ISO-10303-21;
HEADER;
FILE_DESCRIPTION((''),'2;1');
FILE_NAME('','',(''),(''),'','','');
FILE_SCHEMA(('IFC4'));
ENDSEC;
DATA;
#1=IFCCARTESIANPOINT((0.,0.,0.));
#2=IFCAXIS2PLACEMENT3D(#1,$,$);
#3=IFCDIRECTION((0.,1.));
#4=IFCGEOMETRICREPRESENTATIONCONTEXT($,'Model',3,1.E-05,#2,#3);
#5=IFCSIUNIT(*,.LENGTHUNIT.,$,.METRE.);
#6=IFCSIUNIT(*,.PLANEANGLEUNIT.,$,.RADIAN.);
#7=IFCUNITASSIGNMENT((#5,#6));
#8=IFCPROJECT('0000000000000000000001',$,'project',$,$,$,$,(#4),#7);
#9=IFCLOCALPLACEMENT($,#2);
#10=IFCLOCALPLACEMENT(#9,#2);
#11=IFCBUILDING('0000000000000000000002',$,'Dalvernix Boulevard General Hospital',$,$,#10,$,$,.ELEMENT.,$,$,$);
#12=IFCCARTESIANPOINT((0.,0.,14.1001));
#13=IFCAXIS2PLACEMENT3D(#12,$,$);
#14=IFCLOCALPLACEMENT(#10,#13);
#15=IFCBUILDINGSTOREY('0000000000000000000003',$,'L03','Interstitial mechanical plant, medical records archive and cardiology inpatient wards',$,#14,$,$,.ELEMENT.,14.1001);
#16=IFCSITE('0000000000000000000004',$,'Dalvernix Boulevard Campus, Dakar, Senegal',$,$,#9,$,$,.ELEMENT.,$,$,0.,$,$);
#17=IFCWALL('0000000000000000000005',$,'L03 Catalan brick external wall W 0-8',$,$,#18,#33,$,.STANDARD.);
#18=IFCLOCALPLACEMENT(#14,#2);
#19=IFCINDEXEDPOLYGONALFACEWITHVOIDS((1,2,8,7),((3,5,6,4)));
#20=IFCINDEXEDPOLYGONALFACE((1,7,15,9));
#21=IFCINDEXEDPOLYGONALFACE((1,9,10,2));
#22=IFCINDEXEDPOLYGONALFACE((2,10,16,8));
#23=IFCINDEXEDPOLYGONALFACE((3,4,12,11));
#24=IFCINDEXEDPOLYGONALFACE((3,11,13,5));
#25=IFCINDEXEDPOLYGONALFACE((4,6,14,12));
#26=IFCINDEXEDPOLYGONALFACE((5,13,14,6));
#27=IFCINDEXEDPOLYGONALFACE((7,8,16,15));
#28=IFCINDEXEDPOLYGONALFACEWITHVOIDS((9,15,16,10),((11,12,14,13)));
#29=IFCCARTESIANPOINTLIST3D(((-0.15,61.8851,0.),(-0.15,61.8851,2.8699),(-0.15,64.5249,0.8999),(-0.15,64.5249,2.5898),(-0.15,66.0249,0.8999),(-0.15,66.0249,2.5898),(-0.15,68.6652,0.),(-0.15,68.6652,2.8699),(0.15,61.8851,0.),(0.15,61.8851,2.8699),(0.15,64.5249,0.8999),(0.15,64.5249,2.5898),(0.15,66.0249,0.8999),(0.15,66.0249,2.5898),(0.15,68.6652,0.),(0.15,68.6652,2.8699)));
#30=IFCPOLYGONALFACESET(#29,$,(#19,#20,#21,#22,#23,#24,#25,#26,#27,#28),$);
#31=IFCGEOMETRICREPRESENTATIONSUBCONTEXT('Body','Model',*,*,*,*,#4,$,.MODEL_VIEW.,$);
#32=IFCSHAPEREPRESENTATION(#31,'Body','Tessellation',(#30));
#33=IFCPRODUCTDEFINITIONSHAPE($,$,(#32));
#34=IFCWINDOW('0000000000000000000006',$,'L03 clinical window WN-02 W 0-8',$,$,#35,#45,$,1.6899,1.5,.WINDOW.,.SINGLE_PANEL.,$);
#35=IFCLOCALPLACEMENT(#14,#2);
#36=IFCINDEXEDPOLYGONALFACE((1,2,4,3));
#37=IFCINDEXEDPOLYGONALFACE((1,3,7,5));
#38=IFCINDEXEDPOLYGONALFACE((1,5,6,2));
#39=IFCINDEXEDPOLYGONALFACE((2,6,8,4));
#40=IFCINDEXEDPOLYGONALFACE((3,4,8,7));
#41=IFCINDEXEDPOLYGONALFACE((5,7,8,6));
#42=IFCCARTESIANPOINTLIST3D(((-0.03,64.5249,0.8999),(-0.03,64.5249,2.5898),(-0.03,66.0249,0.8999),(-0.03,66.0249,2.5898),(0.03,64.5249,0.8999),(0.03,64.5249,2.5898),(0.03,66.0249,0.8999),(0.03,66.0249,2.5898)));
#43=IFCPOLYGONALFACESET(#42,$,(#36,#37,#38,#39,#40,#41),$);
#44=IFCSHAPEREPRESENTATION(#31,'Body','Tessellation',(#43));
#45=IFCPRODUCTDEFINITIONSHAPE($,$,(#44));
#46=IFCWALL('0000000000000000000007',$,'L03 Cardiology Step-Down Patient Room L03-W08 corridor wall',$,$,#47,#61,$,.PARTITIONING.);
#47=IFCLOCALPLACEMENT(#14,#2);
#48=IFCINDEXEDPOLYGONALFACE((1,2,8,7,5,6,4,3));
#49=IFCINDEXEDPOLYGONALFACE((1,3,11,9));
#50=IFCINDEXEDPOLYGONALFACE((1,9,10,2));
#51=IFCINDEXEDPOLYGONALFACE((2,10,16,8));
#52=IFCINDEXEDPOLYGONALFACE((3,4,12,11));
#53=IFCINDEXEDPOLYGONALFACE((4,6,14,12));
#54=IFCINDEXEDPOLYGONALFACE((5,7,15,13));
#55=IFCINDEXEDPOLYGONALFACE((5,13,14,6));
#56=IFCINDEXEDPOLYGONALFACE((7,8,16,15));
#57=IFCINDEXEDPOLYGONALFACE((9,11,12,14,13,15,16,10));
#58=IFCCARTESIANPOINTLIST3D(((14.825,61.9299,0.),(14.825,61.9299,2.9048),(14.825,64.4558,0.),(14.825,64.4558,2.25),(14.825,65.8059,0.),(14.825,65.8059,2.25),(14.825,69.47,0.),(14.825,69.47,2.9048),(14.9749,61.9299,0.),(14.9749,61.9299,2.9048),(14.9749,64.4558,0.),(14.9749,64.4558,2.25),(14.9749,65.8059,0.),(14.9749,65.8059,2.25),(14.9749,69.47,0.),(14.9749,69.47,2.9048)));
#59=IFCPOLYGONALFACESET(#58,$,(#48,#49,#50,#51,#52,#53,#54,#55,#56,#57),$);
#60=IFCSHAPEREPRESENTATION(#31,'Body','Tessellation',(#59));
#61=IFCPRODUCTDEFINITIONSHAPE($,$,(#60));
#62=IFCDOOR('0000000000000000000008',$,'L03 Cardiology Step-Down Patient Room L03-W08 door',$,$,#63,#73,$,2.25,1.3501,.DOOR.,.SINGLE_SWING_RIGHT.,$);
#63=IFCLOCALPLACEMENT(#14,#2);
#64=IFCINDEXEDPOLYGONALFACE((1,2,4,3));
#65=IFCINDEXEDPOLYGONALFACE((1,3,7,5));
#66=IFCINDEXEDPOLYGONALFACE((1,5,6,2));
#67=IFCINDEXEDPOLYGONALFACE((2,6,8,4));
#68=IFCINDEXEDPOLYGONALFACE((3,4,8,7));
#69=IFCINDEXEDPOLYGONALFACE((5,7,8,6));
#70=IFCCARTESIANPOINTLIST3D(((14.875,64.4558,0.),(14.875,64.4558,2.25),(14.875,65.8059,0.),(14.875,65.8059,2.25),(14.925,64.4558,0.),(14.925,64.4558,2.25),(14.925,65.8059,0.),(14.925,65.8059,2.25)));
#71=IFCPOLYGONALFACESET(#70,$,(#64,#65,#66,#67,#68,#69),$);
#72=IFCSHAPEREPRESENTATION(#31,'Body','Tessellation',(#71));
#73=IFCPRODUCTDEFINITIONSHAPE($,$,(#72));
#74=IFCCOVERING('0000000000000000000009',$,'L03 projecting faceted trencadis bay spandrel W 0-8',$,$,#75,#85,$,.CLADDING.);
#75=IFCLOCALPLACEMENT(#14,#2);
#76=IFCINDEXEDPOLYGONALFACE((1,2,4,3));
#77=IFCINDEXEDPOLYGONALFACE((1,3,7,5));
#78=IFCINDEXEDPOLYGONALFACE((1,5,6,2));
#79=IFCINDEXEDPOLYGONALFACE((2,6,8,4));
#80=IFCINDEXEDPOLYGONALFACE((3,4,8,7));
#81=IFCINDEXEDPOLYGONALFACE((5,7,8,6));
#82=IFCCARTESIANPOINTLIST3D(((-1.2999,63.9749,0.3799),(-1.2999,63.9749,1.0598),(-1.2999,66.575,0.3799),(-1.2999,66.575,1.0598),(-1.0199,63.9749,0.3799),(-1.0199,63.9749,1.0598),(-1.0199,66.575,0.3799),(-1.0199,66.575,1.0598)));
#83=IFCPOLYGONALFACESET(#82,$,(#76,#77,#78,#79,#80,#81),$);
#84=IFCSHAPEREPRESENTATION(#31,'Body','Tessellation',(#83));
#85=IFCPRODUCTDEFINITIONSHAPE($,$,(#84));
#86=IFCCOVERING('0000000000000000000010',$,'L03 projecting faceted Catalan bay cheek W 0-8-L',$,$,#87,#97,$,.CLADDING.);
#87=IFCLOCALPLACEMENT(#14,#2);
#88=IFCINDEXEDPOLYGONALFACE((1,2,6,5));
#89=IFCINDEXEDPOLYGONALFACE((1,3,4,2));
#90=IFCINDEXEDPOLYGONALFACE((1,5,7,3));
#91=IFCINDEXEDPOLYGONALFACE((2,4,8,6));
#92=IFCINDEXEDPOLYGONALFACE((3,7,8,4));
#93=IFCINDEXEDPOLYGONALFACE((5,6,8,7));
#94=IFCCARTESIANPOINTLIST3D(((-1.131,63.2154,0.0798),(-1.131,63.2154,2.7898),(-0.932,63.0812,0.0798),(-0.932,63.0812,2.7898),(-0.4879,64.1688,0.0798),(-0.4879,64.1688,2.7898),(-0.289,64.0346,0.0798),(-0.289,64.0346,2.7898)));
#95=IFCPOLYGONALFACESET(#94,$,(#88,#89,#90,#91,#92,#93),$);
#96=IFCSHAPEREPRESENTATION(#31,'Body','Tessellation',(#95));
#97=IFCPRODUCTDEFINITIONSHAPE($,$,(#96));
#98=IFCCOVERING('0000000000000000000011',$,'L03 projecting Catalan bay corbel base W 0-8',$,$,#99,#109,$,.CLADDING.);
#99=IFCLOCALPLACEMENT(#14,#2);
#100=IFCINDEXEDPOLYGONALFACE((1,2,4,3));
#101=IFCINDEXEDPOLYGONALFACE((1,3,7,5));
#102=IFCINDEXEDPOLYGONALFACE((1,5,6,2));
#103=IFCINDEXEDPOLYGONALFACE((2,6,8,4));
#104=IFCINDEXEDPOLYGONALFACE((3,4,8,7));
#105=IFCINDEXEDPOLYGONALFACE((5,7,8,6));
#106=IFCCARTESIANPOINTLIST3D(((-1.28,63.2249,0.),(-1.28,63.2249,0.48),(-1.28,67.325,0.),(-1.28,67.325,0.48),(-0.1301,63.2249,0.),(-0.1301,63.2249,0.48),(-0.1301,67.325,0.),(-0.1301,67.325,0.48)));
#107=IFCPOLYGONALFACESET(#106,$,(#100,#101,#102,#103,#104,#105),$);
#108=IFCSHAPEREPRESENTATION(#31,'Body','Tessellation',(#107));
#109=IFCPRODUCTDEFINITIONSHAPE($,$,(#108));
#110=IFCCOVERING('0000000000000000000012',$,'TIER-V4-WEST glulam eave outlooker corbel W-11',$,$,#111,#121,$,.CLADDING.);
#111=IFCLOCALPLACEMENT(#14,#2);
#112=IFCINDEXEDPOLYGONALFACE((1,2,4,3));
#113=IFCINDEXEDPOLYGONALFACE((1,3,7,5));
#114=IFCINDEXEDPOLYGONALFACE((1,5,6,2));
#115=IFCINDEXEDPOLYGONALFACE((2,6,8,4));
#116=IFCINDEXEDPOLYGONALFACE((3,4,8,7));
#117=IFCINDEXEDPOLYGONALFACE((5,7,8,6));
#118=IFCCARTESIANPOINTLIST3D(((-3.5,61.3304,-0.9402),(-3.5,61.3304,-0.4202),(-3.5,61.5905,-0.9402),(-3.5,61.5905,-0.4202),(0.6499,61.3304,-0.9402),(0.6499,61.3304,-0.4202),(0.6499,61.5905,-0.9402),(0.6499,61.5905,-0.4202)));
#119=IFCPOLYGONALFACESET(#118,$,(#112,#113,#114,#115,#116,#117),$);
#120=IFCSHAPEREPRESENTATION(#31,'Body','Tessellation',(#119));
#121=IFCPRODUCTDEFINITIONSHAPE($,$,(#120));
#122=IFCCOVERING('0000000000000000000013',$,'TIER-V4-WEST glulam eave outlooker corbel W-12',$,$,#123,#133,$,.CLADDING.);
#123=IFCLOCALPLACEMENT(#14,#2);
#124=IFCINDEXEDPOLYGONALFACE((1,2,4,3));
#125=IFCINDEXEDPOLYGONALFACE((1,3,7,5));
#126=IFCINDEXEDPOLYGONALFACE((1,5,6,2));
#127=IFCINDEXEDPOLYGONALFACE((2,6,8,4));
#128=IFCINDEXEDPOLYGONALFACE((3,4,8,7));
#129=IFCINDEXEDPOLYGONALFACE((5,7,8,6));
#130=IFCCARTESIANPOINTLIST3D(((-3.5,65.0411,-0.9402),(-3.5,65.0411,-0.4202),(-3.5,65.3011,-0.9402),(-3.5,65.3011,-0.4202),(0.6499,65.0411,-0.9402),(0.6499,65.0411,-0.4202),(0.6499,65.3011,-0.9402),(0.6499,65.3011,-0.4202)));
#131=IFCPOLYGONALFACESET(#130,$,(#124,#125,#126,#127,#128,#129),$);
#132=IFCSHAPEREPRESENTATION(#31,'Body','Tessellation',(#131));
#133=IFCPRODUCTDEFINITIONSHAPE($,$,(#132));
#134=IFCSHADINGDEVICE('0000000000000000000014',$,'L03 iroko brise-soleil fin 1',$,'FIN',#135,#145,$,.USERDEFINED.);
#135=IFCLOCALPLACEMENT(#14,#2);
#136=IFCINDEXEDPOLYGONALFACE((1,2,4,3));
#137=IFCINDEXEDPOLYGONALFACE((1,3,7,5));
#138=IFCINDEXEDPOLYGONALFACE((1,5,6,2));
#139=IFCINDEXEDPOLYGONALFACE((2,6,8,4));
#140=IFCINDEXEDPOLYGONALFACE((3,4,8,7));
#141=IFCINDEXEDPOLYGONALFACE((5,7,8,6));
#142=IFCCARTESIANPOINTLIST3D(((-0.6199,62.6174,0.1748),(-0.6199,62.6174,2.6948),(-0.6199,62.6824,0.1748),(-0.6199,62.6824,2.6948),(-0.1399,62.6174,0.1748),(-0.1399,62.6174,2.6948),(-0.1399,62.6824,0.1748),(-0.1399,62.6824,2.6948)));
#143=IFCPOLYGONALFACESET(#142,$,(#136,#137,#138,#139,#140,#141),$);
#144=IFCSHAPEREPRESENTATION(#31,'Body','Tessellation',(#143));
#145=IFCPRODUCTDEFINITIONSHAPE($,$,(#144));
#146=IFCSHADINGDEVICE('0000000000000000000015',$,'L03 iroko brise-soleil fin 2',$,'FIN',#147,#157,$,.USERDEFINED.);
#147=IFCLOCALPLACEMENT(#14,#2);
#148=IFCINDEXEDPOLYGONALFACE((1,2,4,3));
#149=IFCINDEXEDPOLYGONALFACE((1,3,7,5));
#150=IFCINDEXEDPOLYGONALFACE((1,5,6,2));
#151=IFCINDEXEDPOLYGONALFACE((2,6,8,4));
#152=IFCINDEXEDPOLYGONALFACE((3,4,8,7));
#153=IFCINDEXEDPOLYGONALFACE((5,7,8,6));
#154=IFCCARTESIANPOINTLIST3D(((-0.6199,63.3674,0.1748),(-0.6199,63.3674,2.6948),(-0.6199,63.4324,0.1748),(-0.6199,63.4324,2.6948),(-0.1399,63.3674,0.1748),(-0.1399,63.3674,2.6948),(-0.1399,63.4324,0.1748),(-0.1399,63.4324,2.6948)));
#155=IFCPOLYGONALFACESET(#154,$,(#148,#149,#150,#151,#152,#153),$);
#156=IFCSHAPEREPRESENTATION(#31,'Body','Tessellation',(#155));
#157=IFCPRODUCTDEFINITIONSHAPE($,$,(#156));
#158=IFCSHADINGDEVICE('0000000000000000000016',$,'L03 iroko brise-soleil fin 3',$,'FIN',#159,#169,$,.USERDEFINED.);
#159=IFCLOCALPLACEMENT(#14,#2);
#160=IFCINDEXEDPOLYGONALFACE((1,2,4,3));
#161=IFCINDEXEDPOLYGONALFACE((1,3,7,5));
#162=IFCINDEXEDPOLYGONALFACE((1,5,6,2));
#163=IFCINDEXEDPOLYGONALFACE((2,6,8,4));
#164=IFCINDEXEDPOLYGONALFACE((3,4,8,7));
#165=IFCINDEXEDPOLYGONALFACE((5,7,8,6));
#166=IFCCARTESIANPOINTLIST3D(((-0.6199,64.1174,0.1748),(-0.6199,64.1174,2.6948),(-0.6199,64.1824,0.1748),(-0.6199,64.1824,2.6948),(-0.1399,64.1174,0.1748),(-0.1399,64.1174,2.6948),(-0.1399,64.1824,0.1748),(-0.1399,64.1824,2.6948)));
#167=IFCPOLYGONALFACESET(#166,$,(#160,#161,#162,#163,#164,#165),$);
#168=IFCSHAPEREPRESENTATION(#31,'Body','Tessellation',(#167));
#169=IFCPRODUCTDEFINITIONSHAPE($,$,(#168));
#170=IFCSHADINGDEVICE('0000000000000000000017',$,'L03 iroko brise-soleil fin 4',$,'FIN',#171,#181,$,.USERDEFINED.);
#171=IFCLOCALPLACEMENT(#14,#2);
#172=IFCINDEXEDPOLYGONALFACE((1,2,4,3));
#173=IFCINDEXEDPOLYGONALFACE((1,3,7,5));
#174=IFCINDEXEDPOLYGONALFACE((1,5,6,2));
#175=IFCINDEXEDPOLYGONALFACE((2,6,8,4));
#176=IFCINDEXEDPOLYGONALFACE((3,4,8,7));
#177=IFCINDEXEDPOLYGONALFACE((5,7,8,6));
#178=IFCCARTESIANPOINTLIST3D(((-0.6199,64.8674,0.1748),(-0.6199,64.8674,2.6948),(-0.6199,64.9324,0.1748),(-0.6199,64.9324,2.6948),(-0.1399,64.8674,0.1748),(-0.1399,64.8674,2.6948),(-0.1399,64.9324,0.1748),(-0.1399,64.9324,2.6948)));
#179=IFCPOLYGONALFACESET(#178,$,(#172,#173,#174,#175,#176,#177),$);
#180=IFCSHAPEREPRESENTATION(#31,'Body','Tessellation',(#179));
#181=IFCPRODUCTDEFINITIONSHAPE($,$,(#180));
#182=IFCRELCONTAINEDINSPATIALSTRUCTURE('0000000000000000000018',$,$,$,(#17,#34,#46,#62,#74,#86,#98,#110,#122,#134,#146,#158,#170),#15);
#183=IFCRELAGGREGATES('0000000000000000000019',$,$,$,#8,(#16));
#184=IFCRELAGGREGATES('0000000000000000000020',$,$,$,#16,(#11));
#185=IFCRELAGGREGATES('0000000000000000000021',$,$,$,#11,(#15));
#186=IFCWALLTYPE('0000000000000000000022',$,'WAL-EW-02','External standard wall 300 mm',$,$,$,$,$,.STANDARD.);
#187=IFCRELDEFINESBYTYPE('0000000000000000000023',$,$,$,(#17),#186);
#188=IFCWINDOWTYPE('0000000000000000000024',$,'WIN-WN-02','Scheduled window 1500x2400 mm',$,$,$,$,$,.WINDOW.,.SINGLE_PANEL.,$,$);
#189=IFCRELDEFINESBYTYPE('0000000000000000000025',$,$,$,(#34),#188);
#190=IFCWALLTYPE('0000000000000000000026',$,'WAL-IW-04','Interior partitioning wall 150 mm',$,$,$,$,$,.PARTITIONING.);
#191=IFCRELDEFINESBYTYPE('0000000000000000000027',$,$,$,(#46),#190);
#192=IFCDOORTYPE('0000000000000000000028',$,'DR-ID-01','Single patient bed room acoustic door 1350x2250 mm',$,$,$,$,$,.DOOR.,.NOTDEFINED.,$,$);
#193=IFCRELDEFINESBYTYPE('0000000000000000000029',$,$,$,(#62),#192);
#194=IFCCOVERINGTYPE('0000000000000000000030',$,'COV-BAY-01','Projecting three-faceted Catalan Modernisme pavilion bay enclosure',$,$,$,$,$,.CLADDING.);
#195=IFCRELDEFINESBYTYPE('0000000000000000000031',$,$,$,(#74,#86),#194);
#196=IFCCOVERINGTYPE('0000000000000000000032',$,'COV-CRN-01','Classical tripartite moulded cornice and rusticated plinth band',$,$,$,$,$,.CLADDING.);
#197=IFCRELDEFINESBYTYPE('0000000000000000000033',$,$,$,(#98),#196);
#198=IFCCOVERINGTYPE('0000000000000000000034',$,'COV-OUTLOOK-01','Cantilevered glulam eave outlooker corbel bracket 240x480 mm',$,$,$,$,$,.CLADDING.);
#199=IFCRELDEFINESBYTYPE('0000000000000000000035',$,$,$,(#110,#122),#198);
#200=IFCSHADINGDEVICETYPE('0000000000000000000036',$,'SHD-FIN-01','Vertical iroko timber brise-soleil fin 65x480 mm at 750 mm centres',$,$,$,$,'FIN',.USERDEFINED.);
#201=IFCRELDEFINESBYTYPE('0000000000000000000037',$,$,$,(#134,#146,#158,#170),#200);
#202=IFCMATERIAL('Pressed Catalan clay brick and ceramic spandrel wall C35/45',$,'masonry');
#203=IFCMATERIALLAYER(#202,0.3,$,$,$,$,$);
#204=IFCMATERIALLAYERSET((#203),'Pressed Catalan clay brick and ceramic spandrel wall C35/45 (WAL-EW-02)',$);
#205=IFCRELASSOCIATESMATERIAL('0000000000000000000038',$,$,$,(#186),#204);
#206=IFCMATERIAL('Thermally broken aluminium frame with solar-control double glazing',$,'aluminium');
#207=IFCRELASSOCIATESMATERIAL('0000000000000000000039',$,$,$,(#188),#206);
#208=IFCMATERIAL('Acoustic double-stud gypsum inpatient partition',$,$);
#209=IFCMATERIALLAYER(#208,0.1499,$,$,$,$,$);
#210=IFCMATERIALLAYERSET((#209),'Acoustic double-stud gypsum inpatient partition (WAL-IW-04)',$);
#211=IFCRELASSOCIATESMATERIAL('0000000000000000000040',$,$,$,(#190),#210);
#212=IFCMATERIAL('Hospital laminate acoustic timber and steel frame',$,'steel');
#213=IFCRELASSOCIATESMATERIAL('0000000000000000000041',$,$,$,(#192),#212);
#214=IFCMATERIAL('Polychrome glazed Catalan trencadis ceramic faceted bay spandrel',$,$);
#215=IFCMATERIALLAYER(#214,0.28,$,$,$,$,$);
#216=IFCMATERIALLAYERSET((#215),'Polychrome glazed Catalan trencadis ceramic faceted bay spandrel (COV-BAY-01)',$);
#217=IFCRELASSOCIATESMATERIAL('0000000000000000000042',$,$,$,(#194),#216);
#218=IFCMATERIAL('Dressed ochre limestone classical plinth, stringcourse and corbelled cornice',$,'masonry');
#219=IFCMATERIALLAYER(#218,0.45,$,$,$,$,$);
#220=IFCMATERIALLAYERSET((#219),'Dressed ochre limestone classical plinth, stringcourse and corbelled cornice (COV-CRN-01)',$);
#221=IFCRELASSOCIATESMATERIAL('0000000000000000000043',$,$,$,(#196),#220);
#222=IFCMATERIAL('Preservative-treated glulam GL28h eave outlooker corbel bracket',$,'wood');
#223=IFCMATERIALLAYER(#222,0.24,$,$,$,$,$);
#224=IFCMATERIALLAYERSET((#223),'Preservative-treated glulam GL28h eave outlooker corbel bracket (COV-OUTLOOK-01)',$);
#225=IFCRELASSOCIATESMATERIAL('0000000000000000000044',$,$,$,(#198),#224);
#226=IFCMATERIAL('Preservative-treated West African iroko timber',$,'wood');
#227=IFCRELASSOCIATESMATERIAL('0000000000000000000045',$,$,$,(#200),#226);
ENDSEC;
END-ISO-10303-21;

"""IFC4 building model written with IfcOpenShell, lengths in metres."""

from ifc_helpers import new_model, si_unit, direction, frame, frame_2d, origin, origin_2d, place, context, subcontext, project, spatial, rectangle, extrude, material, layer, layer_set, type_object, element, fill, save


model = new_model("IFC4")

# Units and contexts
model_context = context("Model", 3, precision=1e-05, world=origin(), true_north=direction((0.0, 1.0)))
body_context = subcontext(model_context, "Body", "Model", "MODEL_VIEW")
ifc_project = project(units=[si_unit("LENGTHUNIT", "METRE"), si_unit("PLANEANGLEUNIT", "RADIAN")], contexts=[model_context])

# Site, building, storey
site_placement = place(None, origin())
site = spatial("IfcSite", under=ifc_project, at=site_placement, Name="Dalvernix Boulevard Campus, Dakar, Senegal", CompositionType="ELEMENT", RefElevation=0.0)
building_placement = place(site_placement, origin())
building = spatial("IfcBuilding", under=site, at=building_placement, Name="Dalvernix Boulevard General Hospital", CompositionType="ELEMENT")
storey_placement = place(building_placement, frame((0.0, 0.0, 14.1001)))
storey = spatial("IfcBuildingStorey", under=building, at=storey_placement, Name="L03", Description="Interstitial mechanical plant, medical records archive and cardiology inpatient wards", CompositionType="ELEMENT", Elevation=14.1001)

# Wall, opening, window
ifc_material_1 = material(Name="Pressed Catalan clay brick and ceramic spandrel wall C35/45", Category="masonry")
ifc_layer_1 = layer(ifc_material_1, 0.3)
ifc_layer_set_1 = layer_set([ifc_layer_1], Name="Pressed Catalan clay brick and ceramic spandrel wall C35/45 (WAL-EW-02)")
wall_type_1 = type_object("IfcWallType", Name="WAL-EW-02", Description="External standard wall 300 mm", PredefinedType="STANDARD", material=ifc_layer_set_1)
wall_1_placement = place(storey_placement, frame((0.0, 61.885, 0.0), z_axis=(0.0, 0.0, 1.0), x_axis=(0.0, 1.0, 0.0)))
wall_1 = element("IfcWall", 1, at=wall_1_placement, inside=storey, type_object=wall_type_1, Name="L03 Catalan brick external wall W 0-8", PredefinedType="STANDARD", context=body_context, shape_type="SweptSolid", body=[
    extrude(rectangle(XDim=6.78, YDim=0.3, at=frame_2d((3.3901, 0.0))), origin(), (0.0, 0.0, 1.0), 2.8699),
])
opening_1_placement = place(wall_1_placement, frame((2.6399, 0.0, 0.8999)))
opening_1 = element("IfcOpeningElement", 2, at=opening_1_placement, cuts=wall_1, PredefinedType="OPENING", context=body_context, shape_type="SweptSolid", body=[
    extrude(rectangle(XDim=1.5, YDim=1.6899, at=frame_2d((0.75, 0.845))), frame((0.0, 0.1599, 0.0), z_axis=(0.0, -1.0, 0.0), x_axis=(1.0, 0.0, 0.0)), (0.0, 0.0, 1.0), 0.3201),
])
ifc_material_2 = material(Name="Thermally broken aluminium frame with solar-control double glazing", Category="aluminium")
window_type = type_object("IfcWindowType", Name="WIN-WN-02", Description="Scheduled window 1500x2400 mm", PartitioningType="SINGLE_PANEL", PredefinedType="WINDOW", material=ifc_material_2)
window_placement = place(opening_1_placement, origin())
window = element("IfcWindow", 3, at=window_placement, inside=storey, type_object=window_type, Name="L03 clinical window WN-02 W 0-8", OverallHeight=1.6899, OverallWidth=1.5, PartitioningType="SINGLE_PANEL", PredefinedType="WINDOW", context=body_context, shape_type="SweptSolid", body=[
    extrude(rectangle(XDim=1.5, YDim=1.6899, at=frame_2d((0.75, 0.845))), frame((0.0, 0.03, 0.0), z_axis=(0.0, -1.0, 0.0), x_axis=(1.0, 0.0, 0.0)), (0.0, 0.0, 1.0), 0.0601),
])
fill(opening_1, window)

# Wall, opening, door
ifc_material_3 = material(Name="Acoustic double-stud gypsum inpatient partition")
ifc_layer_2 = layer(ifc_material_3, 0.1499)
ifc_layer_set_2 = layer_set([ifc_layer_2], Name="Acoustic double-stud gypsum inpatient partition (WAL-IW-04)")
wall_type_2 = type_object("IfcWallType", Name="WAL-IW-04", Description="Interior partitioning wall 150 mm", PredefinedType="PARTITIONING", material=ifc_layer_set_2)
wall_2_placement = place(storey_placement, frame((14.8999, 61.9299, 0.0), z_axis=(0.0, 0.0, 1.0), x_axis=(0.0, 1.0, 0.0)))
wall_2 = element("IfcWall", 4, at=wall_2_placement, inside=storey, type_object=wall_type_2, Name="L03 Cardiology Step-Down Patient Room L03-W08 corridor wall", PredefinedType="PARTITIONING", context=body_context, shape_type="SweptSolid", body=[
    extrude(rectangle(XDim=7.54, YDim=0.1499, at=frame_2d((3.77, 0.0))), origin(), (0.0, 0.0, 1.0), 2.9048),
])
opening_2_placement = place(wall_2_placement, frame((2.5259, 0.0, 0.0)))
opening_2 = element("IfcOpeningElement", 5, at=opening_2_placement, cuts=wall_2, PredefinedType="OPENING", context=body_context, shape_type="SweptSolid", body=[
    extrude(rectangle(XDim=1.3501, YDim=2.25, at=frame_2d((0.675, 1.125))), frame((0.0, 0.085, 0.0), z_axis=(0.0, -1.0, 0.0), x_axis=(1.0, 0.0, 0.0)), (0.0, 0.0, 1.0), 0.1699),
])
ifc_material_4 = material(Name="Hospital laminate acoustic timber and steel frame", Category="steel")
door_type = type_object("IfcDoorType", Name="DR-ID-01", Description="Single patient bed room acoustic door 1350x2250 mm", OperationType="NOTDEFINED", PredefinedType="DOOR", material=ifc_material_4)
door_placement = place(opening_2_placement, origin())
door = element("IfcDoor", 6, at=door_placement, inside=storey, type_object=door_type, Name="L03 Cardiology Step-Down Patient Room L03-W08 door", OperationType="SINGLE_SWING_RIGHT", OverallHeight=2.25, OverallWidth=1.3501, PredefinedType="DOOR", context=body_context, shape_type="SweptSolid", body=[
    extrude(rectangle(XDim=1.3501, YDim=2.25, at=frame_2d((0.675, 1.125))), frame((0.0, 0.0249, 0.0), z_axis=(0.0, -1.0, 0.0), x_axis=(1.0, 0.0, 0.0)), (0.0, 0.0, 1.0), 0.05),
])
fill(opening_2, door)

# Coverings
ifc_material_5 = material(Name="Polychrome glazed Catalan trencadis ceramic faceted bay spandrel")
ifc_layer_3 = layer(ifc_material_5, 0.28)
ifc_layer_set_3 = layer_set([ifc_layer_3], Name="Polychrome glazed Catalan trencadis ceramic faceted bay spandrel (COV-BAY-01)")
covering_type_1 = type_object("IfcCoveringType", Name="COV-BAY-01", Description="Projecting three-faceted Catalan Modernisme pavilion bay enclosure", PredefinedType="CLADDING", material=ifc_layer_set_3)
covering_1_placement = place(storey_placement, frame((-1.1599, 65.2749, 0.3799), z_axis=(0.0, 0.0, 1.0), x_axis=(0.0, 1.0, 0.0)))
element("IfcCovering", 7, at=covering_1_placement, inside=storey, type_object=covering_type_1, Name="L03 projecting faceted trencadis bay spandrel W 0-8", PredefinedType="CLADDING", context=body_context, shape_type="SweptSolid", body=[
    extrude(rectangle(XDim=2.6001, YDim=0.28, at=origin_2d()), origin(), (0.0, 0.0, 1.0), 0.6799),
])
covering_2_placement = place(storey_placement, frame((-0.71, 63.625, 0.0798), z_axis=(0.0, 0.0, 1.0), x_axis=(0.559193, 0.829038, 0.0)))
element("IfcCovering", 8, at=covering_2_placement, inside=storey, type_object=covering_type_1, Name="L03 projecting faceted Catalan bay cheek W 0-8-L", PredefinedType="CLADDING", context=body_context, shape_type="SweptSolid", body=[
    extrude(rectangle(XDim=1.1499, YDim=0.24, at=origin_2d()), origin(), (0.0, 0.0, 1.0), 2.71),
])
ifc_material_6 = material(Name="Dressed ochre limestone classical plinth, stringcourse and corbelled cornice", Category="masonry")
ifc_layer_4 = layer(ifc_material_6, 0.45)
ifc_layer_set_4 = layer_set([ifc_layer_4], Name="Dressed ochre limestone classical plinth, stringcourse and corbelled cornice (COV-CRN-01)")
covering_type_2 = type_object("IfcCoveringType", Name="COV-CRN-01", Description="Classical tripartite moulded cornice and rusticated plinth band", PredefinedType="CLADDING", material=ifc_layer_set_4)
covering_3_placement = place(storey_placement, frame((-0.7051, 65.2749, 0.0), z_axis=(0.0, 0.0, 1.0), x_axis=(0.0, 1.0, 0.0)))
element("IfcCovering", 9, at=covering_3_placement, inside=storey, type_object=covering_type_2, Name="L03 projecting Catalan bay corbel base W 0-8", PredefinedType="CLADDING", context=body_context, shape_type="SweptSolid", body=[
    extrude(rectangle(XDim=4.1001, YDim=1.1499, at=origin_2d()), origin(), (0.0, 0.0, 1.0), 0.48),
])
ifc_material_7 = material(Name="Preservative-treated glulam GL28h eave outlooker corbel bracket", Category="wood")
ifc_layer_5 = layer(ifc_material_7, 0.24)
ifc_layer_set_5 = layer_set([ifc_layer_5], Name="Preservative-treated glulam GL28h eave outlooker corbel bracket (COV-OUTLOOK-01)")
covering_type_3 = type_object("IfcCoveringType", Name="COV-OUTLOOK-01", Description="Cantilevered glulam eave outlooker corbel bracket 240x480 mm", PredefinedType="CLADDING", material=ifc_layer_set_5)
for number, where, z_axis, x_axis, name in (
    (10, (-1.425, 61.4604, -0.9402), (0.0, 0.0, 1.0), (1.0, 0.0, 0.0), "TIER-V4-WEST glulam eave outlooker corbel W-11"),
    (11, (-1.425, 65.1711, -0.9402), (0.0, 0.0, 1.0), (1.0, 0.0, 0.0), "TIER-V4-WEST glulam eave outlooker corbel W-12"),
):
    element("IfcCovering", number, at=place(storey_placement, frame(where, z_axis=z_axis, x_axis=x_axis)), inside=storey, type_object=covering_type_3, Name=name, PredefinedType="CLADDING", context=body_context, shape_type="SweptSolid", body=[
        extrude(rectangle(XDim=4.1499, YDim=0.26, at=origin_2d()), origin(), (0.0, 0.0, 1.0), 0.52),
    ])

# Shading devices
ifc_material_8 = material(Name="Preservative-treated West African iroko timber", Category="wood")
shading_device_type = type_object("IfcShadingDeviceType", Name="SHD-FIN-01", Description="Vertical iroko timber brise-soleil fin 65x480 mm at 750 mm centres", ElementType="FIN", PredefinedType="USERDEFINED", material=ifc_material_8)
for number, where, z_axis, x_axis, name in (
    (12, (-0.3799, 62.6499, 0.1748), (0.0, 0.0, 1.0), (0.0, 1.0, 0.0), "L03 iroko brise-soleil fin 1"),
    (13, (-0.3799, 63.3999, 0.1748), (0.0, 0.0, 1.0), (0.0, 1.0, 0.0), "L03 iroko brise-soleil fin 2"),
    (14, (-0.3799, 64.1499, 0.1748), (0.0, 0.0, 1.0), (0.0, 1.0, 0.0), "L03 iroko brise-soleil fin 3"),
    (15, (-0.3799, 64.8999, 0.1748), (0.0, 0.0, 1.0), (0.0, 1.0, 0.0), "L03 iroko brise-soleil fin 4"),
):
    element("IfcShadingDevice", number, at=place(storey_placement, frame(where, z_axis=z_axis, x_axis=x_axis)), inside=storey, type_object=shading_device_type, Name=name, ObjectType="FIN", PredefinedType="USERDEFINED", context=body_context, shape_type="SweptSolid", body=[
        extrude(rectangle(XDim=0.0649, YDim=0.48, at=origin_2d()), origin(), (0.0, 0.0, 1.0), 2.52),
    ])

save(model, "model.ifc")
